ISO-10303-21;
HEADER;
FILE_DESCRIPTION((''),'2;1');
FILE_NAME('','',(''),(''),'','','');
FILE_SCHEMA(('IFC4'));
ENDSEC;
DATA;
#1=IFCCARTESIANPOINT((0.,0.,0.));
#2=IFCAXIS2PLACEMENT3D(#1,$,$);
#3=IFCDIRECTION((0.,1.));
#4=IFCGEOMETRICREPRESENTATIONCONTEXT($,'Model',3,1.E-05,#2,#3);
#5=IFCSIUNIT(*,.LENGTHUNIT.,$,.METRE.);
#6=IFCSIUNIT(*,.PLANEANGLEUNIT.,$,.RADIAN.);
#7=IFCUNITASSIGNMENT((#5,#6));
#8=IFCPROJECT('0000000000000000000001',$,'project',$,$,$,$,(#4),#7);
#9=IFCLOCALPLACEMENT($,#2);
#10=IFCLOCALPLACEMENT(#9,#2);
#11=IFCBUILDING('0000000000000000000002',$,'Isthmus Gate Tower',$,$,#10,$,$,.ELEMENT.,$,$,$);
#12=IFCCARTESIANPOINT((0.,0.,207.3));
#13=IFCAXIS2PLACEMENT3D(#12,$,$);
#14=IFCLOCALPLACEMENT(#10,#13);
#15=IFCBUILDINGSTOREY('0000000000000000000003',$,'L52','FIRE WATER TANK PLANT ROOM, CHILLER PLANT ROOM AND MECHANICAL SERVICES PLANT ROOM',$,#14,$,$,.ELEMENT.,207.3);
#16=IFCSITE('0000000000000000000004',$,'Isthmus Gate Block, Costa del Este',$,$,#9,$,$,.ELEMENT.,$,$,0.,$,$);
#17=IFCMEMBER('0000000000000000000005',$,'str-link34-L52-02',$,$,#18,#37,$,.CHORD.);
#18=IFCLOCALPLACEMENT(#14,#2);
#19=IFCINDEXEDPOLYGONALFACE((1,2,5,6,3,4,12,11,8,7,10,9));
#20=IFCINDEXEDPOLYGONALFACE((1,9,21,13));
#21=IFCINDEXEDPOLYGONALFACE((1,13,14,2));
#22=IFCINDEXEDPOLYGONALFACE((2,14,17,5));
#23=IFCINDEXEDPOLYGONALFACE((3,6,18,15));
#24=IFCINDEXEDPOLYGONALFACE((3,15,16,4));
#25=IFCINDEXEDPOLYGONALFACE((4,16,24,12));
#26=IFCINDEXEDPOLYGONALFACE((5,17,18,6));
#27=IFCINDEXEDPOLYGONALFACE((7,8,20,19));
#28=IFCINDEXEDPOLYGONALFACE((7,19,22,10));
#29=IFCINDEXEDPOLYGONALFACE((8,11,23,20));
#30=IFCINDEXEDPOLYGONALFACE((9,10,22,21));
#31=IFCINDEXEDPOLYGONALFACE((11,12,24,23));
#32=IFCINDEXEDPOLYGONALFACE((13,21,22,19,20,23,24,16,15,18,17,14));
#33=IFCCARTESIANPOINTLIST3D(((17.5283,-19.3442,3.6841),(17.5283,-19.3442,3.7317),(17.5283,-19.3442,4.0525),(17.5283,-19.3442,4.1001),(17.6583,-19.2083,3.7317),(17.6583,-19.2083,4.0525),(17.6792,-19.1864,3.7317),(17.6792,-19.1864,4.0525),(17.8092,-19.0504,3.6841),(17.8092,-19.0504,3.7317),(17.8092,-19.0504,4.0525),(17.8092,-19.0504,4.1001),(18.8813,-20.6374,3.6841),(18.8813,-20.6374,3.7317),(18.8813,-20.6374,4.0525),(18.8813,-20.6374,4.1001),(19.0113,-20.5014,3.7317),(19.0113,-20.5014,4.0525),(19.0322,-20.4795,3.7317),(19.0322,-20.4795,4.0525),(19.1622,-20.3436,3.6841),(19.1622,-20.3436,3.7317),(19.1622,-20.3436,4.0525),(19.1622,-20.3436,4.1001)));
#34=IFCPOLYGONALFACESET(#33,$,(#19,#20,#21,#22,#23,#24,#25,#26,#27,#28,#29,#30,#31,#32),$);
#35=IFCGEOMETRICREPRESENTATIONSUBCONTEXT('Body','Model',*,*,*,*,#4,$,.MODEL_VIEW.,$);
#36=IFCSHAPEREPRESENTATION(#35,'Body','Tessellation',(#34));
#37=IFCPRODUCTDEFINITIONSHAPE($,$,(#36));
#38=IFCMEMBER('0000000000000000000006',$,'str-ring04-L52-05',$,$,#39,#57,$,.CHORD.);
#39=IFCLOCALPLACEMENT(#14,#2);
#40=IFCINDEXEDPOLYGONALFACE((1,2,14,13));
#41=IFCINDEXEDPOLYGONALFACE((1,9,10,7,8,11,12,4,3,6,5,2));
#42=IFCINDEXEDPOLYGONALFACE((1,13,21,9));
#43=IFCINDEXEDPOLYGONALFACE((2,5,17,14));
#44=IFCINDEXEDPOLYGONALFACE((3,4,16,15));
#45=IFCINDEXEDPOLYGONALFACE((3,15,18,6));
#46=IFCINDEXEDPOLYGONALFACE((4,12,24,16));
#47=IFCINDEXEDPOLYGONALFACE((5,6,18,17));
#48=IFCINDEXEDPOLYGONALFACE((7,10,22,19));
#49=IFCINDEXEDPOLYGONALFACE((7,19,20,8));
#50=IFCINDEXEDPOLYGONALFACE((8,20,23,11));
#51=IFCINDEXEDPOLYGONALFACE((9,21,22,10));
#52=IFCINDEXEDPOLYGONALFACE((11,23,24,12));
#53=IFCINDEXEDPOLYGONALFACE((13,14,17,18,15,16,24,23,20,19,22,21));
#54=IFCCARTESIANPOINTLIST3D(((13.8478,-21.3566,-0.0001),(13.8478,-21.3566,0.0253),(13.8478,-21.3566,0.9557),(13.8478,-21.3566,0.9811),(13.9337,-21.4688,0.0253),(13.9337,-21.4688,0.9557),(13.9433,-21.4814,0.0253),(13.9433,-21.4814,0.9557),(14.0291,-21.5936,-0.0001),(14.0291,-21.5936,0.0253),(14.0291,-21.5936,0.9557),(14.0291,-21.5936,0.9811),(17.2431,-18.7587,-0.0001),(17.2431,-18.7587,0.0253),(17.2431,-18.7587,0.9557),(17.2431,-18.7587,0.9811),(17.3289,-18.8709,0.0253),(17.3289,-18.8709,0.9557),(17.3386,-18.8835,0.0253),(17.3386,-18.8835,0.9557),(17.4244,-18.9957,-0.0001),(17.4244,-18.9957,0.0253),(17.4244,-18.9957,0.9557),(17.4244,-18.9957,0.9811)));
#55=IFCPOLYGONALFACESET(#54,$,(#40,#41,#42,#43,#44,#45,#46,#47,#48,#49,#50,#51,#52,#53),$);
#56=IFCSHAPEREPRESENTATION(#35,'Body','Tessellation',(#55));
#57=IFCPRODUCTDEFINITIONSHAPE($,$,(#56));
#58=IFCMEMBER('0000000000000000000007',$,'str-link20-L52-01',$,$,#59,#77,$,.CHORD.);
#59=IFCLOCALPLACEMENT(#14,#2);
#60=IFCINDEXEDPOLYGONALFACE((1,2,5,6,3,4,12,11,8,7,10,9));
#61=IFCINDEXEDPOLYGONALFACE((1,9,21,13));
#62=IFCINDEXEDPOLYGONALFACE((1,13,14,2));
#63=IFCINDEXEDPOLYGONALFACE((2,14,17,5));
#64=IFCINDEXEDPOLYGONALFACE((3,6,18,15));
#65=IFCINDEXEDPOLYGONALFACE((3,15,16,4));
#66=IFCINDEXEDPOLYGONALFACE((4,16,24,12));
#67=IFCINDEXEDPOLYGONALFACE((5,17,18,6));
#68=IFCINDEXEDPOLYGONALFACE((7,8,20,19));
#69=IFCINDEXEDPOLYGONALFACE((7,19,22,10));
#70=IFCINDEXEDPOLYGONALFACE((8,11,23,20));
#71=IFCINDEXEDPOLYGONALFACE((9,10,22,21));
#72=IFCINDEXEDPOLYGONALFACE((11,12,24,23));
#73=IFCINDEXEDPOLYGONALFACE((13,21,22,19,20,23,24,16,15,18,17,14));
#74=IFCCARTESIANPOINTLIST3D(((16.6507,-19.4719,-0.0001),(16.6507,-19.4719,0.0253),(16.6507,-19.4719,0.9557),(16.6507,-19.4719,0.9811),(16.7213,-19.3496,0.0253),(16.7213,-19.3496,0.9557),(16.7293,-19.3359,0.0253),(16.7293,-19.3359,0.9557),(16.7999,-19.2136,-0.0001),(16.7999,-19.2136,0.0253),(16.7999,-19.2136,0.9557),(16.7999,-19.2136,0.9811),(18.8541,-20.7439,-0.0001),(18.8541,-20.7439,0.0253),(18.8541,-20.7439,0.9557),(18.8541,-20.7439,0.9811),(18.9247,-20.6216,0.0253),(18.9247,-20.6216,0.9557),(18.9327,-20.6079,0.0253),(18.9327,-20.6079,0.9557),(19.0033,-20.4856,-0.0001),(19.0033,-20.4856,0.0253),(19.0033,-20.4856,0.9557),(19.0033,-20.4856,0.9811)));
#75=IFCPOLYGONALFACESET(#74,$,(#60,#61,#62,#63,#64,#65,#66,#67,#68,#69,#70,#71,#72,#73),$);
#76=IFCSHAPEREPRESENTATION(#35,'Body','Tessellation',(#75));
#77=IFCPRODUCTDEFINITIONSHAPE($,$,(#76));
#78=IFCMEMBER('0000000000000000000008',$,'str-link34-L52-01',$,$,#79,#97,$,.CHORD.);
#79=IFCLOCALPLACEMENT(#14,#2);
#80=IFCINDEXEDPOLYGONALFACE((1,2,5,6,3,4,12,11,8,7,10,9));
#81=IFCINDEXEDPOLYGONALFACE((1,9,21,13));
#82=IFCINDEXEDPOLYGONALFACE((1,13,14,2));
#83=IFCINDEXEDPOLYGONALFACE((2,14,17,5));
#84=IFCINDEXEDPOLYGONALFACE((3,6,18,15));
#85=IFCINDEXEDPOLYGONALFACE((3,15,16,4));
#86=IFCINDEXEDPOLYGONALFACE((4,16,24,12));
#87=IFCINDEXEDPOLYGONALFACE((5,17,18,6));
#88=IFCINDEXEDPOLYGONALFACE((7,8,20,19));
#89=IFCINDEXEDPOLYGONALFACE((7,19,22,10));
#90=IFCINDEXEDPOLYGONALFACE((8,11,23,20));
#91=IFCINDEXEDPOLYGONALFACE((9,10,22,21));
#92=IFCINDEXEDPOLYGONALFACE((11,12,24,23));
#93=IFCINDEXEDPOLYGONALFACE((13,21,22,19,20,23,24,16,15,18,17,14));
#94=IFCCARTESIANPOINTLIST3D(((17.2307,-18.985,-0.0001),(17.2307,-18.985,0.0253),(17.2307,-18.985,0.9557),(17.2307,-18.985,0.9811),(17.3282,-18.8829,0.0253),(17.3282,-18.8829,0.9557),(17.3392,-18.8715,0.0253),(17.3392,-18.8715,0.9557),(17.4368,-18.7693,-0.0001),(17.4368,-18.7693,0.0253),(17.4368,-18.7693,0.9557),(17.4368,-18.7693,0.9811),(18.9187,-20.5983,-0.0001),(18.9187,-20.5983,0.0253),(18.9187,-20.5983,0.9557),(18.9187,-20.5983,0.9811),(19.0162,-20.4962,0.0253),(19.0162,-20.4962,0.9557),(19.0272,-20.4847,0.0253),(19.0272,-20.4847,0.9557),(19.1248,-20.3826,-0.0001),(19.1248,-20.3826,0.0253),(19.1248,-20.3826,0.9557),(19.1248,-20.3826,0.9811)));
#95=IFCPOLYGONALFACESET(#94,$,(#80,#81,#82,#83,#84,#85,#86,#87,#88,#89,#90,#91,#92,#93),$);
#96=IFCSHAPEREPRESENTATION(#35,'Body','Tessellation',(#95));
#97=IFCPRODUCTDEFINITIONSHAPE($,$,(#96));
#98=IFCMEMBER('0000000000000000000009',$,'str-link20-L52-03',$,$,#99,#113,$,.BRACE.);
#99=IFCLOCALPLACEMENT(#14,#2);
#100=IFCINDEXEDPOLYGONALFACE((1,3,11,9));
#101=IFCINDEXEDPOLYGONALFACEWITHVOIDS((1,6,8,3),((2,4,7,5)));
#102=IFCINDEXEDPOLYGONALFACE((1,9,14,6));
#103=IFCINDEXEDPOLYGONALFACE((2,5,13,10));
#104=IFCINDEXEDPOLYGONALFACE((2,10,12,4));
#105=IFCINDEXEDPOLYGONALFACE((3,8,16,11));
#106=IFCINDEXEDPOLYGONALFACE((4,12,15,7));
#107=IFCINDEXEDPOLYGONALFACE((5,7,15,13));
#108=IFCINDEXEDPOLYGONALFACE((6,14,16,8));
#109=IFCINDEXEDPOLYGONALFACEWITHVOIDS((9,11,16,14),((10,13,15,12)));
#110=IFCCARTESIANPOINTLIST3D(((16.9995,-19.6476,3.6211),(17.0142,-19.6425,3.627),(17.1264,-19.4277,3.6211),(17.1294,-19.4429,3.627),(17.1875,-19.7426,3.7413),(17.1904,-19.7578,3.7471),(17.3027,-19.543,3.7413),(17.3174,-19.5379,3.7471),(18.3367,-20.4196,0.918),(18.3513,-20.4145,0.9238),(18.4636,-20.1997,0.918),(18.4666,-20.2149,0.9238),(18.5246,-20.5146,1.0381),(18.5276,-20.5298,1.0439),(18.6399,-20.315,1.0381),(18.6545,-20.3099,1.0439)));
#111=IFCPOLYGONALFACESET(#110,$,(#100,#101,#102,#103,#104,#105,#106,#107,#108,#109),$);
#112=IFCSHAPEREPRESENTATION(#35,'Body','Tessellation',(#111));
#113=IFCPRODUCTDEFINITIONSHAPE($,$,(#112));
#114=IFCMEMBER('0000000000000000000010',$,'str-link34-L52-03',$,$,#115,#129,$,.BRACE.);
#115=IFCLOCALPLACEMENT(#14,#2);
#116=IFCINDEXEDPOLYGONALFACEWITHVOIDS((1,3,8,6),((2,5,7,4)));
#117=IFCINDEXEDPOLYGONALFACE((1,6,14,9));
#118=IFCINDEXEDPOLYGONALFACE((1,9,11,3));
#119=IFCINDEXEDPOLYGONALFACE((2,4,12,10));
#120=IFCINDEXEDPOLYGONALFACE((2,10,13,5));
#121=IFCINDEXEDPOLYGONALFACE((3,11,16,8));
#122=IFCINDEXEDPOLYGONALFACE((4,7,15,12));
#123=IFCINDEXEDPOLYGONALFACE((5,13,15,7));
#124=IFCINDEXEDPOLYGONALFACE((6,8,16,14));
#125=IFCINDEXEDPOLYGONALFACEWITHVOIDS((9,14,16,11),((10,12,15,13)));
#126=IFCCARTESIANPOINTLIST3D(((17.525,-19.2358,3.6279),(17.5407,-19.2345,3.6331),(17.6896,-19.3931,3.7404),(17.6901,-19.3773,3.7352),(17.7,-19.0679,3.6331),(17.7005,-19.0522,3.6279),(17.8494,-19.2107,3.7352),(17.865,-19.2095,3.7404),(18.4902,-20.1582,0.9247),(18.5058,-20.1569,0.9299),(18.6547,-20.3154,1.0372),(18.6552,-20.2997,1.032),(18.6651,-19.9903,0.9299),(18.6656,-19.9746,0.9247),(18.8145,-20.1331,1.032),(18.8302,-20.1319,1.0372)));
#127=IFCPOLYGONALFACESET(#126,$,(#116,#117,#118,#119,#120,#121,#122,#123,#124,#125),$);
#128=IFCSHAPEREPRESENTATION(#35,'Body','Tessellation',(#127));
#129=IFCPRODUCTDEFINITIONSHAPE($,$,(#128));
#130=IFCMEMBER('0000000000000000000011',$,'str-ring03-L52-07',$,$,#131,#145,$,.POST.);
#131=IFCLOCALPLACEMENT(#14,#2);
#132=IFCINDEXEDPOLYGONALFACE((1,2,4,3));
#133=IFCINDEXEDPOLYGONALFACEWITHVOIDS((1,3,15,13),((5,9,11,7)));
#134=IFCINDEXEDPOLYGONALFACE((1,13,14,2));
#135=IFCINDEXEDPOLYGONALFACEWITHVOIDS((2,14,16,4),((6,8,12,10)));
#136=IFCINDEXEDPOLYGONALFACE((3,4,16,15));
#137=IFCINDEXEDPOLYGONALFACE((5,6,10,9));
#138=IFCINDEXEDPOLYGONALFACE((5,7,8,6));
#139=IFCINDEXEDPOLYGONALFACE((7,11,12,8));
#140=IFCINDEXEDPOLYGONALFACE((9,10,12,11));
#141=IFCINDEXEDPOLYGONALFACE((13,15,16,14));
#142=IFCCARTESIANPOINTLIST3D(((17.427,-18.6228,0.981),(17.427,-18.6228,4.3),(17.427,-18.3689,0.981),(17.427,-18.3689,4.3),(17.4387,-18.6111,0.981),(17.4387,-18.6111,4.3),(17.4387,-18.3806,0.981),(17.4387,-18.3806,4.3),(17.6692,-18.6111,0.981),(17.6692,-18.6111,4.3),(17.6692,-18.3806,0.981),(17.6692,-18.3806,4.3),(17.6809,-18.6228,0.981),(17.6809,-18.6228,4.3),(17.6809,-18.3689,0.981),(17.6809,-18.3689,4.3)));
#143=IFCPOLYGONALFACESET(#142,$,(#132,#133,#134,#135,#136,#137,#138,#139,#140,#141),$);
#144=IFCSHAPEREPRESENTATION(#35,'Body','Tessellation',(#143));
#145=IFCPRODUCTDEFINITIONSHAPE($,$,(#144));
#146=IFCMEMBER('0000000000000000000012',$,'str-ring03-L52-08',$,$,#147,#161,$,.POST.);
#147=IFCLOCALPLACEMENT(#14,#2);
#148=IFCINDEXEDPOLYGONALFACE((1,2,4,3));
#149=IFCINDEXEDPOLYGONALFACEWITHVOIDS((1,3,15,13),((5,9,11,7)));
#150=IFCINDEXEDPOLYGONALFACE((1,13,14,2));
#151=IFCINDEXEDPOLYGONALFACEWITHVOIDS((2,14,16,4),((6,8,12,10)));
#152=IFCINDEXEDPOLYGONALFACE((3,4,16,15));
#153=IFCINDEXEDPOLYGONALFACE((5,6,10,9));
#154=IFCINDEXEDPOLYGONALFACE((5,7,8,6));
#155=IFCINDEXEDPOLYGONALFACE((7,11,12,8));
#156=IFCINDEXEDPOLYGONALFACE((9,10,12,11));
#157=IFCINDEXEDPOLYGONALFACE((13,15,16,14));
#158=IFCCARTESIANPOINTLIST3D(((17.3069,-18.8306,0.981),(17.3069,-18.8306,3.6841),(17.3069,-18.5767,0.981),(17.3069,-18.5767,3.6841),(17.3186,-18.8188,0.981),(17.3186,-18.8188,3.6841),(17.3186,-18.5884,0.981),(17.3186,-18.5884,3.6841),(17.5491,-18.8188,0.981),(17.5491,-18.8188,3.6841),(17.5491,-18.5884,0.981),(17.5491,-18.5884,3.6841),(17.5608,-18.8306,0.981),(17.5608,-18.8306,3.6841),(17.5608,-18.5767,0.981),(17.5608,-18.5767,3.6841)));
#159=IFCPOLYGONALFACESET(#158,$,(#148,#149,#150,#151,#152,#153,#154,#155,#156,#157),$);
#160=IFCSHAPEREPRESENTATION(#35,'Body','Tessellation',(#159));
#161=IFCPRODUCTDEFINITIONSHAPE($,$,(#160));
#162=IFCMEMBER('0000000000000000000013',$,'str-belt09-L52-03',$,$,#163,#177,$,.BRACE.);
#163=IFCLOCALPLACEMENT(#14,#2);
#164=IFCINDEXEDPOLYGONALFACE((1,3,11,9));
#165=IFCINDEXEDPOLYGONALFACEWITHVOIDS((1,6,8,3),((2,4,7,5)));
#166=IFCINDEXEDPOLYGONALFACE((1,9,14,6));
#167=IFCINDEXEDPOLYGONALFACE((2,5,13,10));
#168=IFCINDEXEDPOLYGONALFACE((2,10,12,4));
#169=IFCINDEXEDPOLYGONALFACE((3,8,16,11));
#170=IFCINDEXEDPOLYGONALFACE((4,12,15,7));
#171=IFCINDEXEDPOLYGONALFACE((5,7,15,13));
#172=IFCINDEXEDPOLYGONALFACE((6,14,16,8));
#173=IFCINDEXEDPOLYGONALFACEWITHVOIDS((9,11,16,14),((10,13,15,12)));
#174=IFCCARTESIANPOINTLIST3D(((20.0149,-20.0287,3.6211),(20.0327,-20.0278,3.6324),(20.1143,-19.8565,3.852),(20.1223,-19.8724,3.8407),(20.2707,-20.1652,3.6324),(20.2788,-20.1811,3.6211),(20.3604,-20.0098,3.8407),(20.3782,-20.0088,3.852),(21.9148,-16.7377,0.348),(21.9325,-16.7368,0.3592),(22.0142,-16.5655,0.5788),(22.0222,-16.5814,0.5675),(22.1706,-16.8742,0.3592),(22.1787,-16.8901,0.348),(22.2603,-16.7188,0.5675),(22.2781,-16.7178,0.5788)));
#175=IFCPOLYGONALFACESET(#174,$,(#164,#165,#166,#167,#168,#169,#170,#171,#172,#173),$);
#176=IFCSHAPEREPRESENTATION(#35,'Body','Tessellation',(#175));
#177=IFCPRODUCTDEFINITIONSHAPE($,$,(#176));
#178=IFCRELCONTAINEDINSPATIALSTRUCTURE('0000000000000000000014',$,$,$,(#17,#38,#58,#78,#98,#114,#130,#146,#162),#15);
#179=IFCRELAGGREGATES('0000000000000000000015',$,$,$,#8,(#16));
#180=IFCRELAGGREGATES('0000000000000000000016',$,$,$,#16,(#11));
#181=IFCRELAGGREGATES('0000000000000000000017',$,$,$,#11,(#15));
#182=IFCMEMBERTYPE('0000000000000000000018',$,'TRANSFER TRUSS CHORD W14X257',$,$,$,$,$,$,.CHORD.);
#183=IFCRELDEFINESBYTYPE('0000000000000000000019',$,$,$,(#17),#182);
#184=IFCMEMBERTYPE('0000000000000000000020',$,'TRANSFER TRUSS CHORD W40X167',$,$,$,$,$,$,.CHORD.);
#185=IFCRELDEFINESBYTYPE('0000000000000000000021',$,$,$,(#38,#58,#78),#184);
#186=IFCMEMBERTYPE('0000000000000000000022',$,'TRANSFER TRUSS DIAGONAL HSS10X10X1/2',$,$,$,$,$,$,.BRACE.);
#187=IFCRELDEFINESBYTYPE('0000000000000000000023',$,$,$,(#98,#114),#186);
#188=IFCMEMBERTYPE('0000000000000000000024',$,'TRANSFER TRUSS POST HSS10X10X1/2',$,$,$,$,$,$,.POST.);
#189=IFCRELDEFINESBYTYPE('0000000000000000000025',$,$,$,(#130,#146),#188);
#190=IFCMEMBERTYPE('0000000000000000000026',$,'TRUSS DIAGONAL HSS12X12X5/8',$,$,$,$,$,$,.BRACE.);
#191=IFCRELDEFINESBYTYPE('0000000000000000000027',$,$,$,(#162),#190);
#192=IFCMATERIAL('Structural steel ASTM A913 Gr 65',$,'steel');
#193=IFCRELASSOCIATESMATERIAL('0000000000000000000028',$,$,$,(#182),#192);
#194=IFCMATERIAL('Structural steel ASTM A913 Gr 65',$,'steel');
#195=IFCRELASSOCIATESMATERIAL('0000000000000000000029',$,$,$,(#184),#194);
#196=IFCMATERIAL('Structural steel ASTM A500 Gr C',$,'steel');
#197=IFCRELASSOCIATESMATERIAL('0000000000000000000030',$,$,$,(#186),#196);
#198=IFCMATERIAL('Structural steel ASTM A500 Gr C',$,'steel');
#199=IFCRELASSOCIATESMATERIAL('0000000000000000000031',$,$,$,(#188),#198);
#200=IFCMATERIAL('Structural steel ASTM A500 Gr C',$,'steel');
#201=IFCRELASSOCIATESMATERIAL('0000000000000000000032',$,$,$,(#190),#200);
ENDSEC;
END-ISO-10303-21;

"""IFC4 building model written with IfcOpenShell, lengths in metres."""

from ifc_helpers import new_model, si_unit, direction, frame, origin, origin_2d, place, context, subcontext, project, spatial, hollow_rectangle, i_section, extrude, material, material_profile, profile_set, type_object, element, save


model = new_model("IFC4")

# Units and contexts
model_context = context("Model", 3, precision=1e-05, world=origin(), true_north=direction((0.0, 1.0)))
body_context = subcontext(model_context, "Body", "Model", "MODEL_VIEW")
ifc_project = project(units=[si_unit("LENGTHUNIT", "METRE"), si_unit("PLANEANGLEUNIT", "RADIAN")], contexts=[model_context])

# Site, building, storey
site_placement = place(None, origin())
site = spatial("IfcSite", under=ifc_project, at=site_placement, Name="Isthmus Gate Block, Costa del Este", CompositionType="ELEMENT", RefElevation=0.0)
building_placement = place(site_placement, origin())
building = spatial("IfcBuilding", under=site, at=building_placement, Name="Isthmus Gate Tower", CompositionType="ELEMENT")
storey_placement = place(building_placement, frame((0.0, 0.0, 207.3)))
storey = spatial("IfcBuildingStorey", under=building, at=storey_placement, Name="L52", Description="FIRE WATER TANK PLANT ROOM, CHILLER PLANT ROOM AND MECHANICAL SERVICES PLANT ROOM", CompositionType="ELEMENT", Elevation=207.3)

# Members
ifc_material_1 = material(Name="Structural steel ASTM A913 Gr 65", Category="steel")
ifc_material_profile_1 = material_profile(ifc_material_1, i_section(OverallWidth=0.4065, OverallDepth=0.416, WebThickness=0.0303, FlangeThickness=0.0476, at=origin_2d()), Name="W14X257")
ifc_profile_set_1 = profile_set([ifc_material_profile_1], Name="Structural steel ASTM A913 Gr 65")
member_type_1 = type_object("IfcMemberType", Name="TRANSFER TRUSS CHORD W14X257", PredefinedType="CHORD", material=ifc_profile_set_1)
member_1_placement = place(storey_placement, frame((19.0217, -20.4905, 3.8921), z_axis=(-0.722905, 0.690947, 0.0), x_axis=(-0.690947, -0.722905, 0.0)))
element("IfcMember", 1, at=member_1_placement, inside=storey, type_object=member_type_1, Name="str-link34-L52-02", PredefinedType="CHORD", context=body_context, shape_type="SweptSolid", body=[
    extrude(i_section(OverallWidth=0.4065, OverallDepth=0.416, WebThickness=0.0303, FlangeThickness=0.0476, at=origin_2d()), origin(), (0.0, 0.0, 1.0), 1.8716),
])
ifc_material_2 = material(Name="Structural steel ASTM A913 Gr 65", Category="steel")
ifc_material_profile_2 = material_profile(ifc_material_2, i_section(OverallWidth=0.2983, OverallDepth=0.9812, WebThickness=0.0159, FlangeThickness=0.0254, at=origin_2d()), Name="W40X167")
ifc_profile_set_2 = profile_set([ifc_material_profile_2], Name="Structural steel ASTM A913 Gr 65")
member_type_2 = type_object("IfcMemberType", Name="TRANSFER TRUSS CHORD W40X167", PredefinedType="CHORD", material=ifc_profile_set_2)
member_2_placement = place(storey_placement, frame((17.3337, -18.8772, 0.4905), z_axis=(-0.794186, -0.607675, 0.0), x_axis=(0.607675, -0.794186, 0.0)))
element("IfcMember", 2, at=member_2_placement, inside=storey, type_object=member_type_2, Name="str-ring04-L52-05", PredefinedType="CHORD", context=body_context, shape_type="SweptSolid", body=[
    extrude(i_section(OverallWidth=0.2983, OverallDepth=0.9812, WebThickness=0.0159, FlangeThickness=0.0254, at=origin_2d()), origin(), (0.0, 0.0, 1.0), 4.2751),
])
member_3_placement = place(storey_placement, frame((18.9287, -20.6147, 0.4905), z_axis=(-0.86605, 0.499958, 0.0), x_axis=(-0.499958, -0.86605, 0.0)))
element("IfcMember", 3, at=member_3_placement, inside=storey, type_object=member_type_2, Name="str-link20-L52-01", PredefinedType="CHORD", context=body_context, shape_type="SweptSolid", body=[
    extrude(i_section(OverallWidth=0.2983, OverallDepth=0.9812, WebThickness=0.0159, FlangeThickness=0.0254, at=origin_2d()), origin(), (0.0, 0.0, 1.0), 2.5442),
])
member_4_placement = place(storey_placement, frame((19.0217, -20.4905, 0.4905), z_axis=(-0.722923, 0.690928, 0.0), x_axis=(-0.690928, -0.722923, 0.0)))
element("IfcMember", 4, at=member_4_placement, inside=storey, type_object=member_type_2, Name="str-link34-L52-01", PredefinedType="CHORD", context=body_context, shape_type="SweptSolid", body=[
    extrude(i_section(OverallWidth=0.2983, OverallDepth=0.9812, WebThickness=0.0159, FlangeThickness=0.0254, at=origin_2d()), origin(), (0.0, 0.0, 1.0), 2.335),
])
ifc_material_3 = material(Name="Structural steel ASTM A500 Gr C", Category="steel")
ifc_material_profile_3 = material_profile(ifc_material_3, hollow_rectangle(XDim=0.2539, YDim=0.2539, WallThickness=0.0117, at=origin_2d()), Name="HSS10X10X1/2")
ifc_profile_set_3 = profile_set([ifc_material_profile_3], Name="Structural steel ASTM A500 Gr C")
member_type_3 = type_object("IfcMemberType", Name="TRANSFER TRUSS DIAGONAL HSS10X10X1/2", PredefinedType="BRACE", material=ifc_profile_set_3)
member_5_placement = place(storey_placement, frame((18.4956, -20.3647, 0.981), z_axis=(-0.429539, 0.247983, 0.868332), x_axis=(-0.499983, -0.866035, 0.0)))
element("IfcMember", 5, at=member_5_placement, inside=storey, type_object=member_type_3, Name="str-link20-L52-03", PredefinedType="BRACE", context=body_context, shape_type="SweptSolid", body=[
    extrude(hollow_rectangle(XDim=0.2539, YDim=0.2539, WallThickness=0.0117, at=origin_2d()), origin(), (0.0, 0.0, 1.0), 3.113),
])
member_6_placement = place(storey_placement, frame((18.6602, -20.145, 0.981), z_axis=(-0.320116, 0.305945, 0.896618), x_axis=(-0.690924, -0.722928, 0.0)))
element("IfcMember", 6, at=member_6_placement, inside=storey, type_object=member_type_3, Name="str-link34-L52-03", PredefinedType="BRACE", context=body_context, shape_type="SweptSolid", body=[
    extrude(hollow_rectangle(XDim=0.2539, YDim=0.2539, WallThickness=0.0117, at=origin_2d()), origin(), (0.0, 0.0, 1.0), 3.0149),
])
ifc_material_4 = material(Name="Structural steel ASTM A500 Gr C", Category="steel")
ifc_material_profile_4 = material_profile(ifc_material_4, hollow_rectangle(XDim=0.2539, YDim=0.2539, WallThickness=0.0117, at=origin_2d()), Name="HSS10X10X1/2")
ifc_profile_set_4 = profile_set([ifc_material_profile_4], Name="Structural steel ASTM A500 Gr C")
member_type_4 = type_object("IfcMemberType", Name="TRANSFER TRUSS POST HSS10X10X1/2", PredefinedType="POST", material=ifc_profile_set_4)
member_7_placement = place(storey_placement, frame((17.554, -18.4958, 0.981), z_axis=(0.0, 0.0, 1.0), x_axis=(1.0, 0.0, 0.0)))
element("IfcMember", 7, at=member_7_placement, inside=storey, type_object=member_type_4, Name="str-ring03-L52-07", PredefinedType="POST", context=body_context, shape_type="SweptSolid", body=[
    extrude(hollow_rectangle(XDim=0.2539, YDim=0.2539, WallThickness=0.0117, at=origin_2d()), origin(), (0.0, 0.0, 1.0), 3.3191),
])
member_8_placement = place(storey_placement, frame((17.4338, -18.7036, 0.981), z_axis=(0.0, 0.0, 1.0), x_axis=(1.0, 0.0, 0.0)))
element("IfcMember", 8, at=member_8_placement, inside=storey, type_object=member_type_4, Name="str-ring03-L52-08", PredefinedType="POST", context=body_context, shape_type="SweptSolid", body=[
    extrude(hollow_rectangle(XDim=0.2539, YDim=0.2539, WallThickness=0.0117, at=origin_2d()), origin(), (0.0, 0.0, 1.0), 2.7031),
])
ifc_material_5 = material(Name="Structural steel ASTM A500 Gr C", Category="steel")
ifc_material_profile_5 = material_profile(ifc_material_5, hollow_rectangle(XDim=0.3047, YDim=0.3047, WallThickness=0.0149, at=origin_2d()), Name="HSS12X12X5/8")
ifc_profile_set_5 = profile_set([ifc_material_profile_5], Name="Structural steel ASTM A500 Gr C")
member_type_5 = type_object("IfcMemberType", Name="TRUSS DIAGONAL HSS12X12X5/8", PredefinedType="BRACE", material=ifc_profile_set_5)
member_9_placement = place(storey_placement, frame((22.0964, -16.7278, 0.4634), z_axis=(-0.378814, -0.656182, 0.652629), x_axis=(0.866044, -0.499967, 0.0)))
element("IfcMember", 9, at=member_9_placement, inside=storey, type_object=member_type_5, Name="str-belt09-L52-03", PredefinedType="BRACE", context=body_context, shape_type="SweptSolid", body=[
    extrude(hollow_rectangle(XDim=0.3047, YDim=0.3047, WallThickness=0.0149, at=origin_2d()), origin(), (0.0, 0.0, 1.0), 5.0154),
])

save(model, "model.ifc")
